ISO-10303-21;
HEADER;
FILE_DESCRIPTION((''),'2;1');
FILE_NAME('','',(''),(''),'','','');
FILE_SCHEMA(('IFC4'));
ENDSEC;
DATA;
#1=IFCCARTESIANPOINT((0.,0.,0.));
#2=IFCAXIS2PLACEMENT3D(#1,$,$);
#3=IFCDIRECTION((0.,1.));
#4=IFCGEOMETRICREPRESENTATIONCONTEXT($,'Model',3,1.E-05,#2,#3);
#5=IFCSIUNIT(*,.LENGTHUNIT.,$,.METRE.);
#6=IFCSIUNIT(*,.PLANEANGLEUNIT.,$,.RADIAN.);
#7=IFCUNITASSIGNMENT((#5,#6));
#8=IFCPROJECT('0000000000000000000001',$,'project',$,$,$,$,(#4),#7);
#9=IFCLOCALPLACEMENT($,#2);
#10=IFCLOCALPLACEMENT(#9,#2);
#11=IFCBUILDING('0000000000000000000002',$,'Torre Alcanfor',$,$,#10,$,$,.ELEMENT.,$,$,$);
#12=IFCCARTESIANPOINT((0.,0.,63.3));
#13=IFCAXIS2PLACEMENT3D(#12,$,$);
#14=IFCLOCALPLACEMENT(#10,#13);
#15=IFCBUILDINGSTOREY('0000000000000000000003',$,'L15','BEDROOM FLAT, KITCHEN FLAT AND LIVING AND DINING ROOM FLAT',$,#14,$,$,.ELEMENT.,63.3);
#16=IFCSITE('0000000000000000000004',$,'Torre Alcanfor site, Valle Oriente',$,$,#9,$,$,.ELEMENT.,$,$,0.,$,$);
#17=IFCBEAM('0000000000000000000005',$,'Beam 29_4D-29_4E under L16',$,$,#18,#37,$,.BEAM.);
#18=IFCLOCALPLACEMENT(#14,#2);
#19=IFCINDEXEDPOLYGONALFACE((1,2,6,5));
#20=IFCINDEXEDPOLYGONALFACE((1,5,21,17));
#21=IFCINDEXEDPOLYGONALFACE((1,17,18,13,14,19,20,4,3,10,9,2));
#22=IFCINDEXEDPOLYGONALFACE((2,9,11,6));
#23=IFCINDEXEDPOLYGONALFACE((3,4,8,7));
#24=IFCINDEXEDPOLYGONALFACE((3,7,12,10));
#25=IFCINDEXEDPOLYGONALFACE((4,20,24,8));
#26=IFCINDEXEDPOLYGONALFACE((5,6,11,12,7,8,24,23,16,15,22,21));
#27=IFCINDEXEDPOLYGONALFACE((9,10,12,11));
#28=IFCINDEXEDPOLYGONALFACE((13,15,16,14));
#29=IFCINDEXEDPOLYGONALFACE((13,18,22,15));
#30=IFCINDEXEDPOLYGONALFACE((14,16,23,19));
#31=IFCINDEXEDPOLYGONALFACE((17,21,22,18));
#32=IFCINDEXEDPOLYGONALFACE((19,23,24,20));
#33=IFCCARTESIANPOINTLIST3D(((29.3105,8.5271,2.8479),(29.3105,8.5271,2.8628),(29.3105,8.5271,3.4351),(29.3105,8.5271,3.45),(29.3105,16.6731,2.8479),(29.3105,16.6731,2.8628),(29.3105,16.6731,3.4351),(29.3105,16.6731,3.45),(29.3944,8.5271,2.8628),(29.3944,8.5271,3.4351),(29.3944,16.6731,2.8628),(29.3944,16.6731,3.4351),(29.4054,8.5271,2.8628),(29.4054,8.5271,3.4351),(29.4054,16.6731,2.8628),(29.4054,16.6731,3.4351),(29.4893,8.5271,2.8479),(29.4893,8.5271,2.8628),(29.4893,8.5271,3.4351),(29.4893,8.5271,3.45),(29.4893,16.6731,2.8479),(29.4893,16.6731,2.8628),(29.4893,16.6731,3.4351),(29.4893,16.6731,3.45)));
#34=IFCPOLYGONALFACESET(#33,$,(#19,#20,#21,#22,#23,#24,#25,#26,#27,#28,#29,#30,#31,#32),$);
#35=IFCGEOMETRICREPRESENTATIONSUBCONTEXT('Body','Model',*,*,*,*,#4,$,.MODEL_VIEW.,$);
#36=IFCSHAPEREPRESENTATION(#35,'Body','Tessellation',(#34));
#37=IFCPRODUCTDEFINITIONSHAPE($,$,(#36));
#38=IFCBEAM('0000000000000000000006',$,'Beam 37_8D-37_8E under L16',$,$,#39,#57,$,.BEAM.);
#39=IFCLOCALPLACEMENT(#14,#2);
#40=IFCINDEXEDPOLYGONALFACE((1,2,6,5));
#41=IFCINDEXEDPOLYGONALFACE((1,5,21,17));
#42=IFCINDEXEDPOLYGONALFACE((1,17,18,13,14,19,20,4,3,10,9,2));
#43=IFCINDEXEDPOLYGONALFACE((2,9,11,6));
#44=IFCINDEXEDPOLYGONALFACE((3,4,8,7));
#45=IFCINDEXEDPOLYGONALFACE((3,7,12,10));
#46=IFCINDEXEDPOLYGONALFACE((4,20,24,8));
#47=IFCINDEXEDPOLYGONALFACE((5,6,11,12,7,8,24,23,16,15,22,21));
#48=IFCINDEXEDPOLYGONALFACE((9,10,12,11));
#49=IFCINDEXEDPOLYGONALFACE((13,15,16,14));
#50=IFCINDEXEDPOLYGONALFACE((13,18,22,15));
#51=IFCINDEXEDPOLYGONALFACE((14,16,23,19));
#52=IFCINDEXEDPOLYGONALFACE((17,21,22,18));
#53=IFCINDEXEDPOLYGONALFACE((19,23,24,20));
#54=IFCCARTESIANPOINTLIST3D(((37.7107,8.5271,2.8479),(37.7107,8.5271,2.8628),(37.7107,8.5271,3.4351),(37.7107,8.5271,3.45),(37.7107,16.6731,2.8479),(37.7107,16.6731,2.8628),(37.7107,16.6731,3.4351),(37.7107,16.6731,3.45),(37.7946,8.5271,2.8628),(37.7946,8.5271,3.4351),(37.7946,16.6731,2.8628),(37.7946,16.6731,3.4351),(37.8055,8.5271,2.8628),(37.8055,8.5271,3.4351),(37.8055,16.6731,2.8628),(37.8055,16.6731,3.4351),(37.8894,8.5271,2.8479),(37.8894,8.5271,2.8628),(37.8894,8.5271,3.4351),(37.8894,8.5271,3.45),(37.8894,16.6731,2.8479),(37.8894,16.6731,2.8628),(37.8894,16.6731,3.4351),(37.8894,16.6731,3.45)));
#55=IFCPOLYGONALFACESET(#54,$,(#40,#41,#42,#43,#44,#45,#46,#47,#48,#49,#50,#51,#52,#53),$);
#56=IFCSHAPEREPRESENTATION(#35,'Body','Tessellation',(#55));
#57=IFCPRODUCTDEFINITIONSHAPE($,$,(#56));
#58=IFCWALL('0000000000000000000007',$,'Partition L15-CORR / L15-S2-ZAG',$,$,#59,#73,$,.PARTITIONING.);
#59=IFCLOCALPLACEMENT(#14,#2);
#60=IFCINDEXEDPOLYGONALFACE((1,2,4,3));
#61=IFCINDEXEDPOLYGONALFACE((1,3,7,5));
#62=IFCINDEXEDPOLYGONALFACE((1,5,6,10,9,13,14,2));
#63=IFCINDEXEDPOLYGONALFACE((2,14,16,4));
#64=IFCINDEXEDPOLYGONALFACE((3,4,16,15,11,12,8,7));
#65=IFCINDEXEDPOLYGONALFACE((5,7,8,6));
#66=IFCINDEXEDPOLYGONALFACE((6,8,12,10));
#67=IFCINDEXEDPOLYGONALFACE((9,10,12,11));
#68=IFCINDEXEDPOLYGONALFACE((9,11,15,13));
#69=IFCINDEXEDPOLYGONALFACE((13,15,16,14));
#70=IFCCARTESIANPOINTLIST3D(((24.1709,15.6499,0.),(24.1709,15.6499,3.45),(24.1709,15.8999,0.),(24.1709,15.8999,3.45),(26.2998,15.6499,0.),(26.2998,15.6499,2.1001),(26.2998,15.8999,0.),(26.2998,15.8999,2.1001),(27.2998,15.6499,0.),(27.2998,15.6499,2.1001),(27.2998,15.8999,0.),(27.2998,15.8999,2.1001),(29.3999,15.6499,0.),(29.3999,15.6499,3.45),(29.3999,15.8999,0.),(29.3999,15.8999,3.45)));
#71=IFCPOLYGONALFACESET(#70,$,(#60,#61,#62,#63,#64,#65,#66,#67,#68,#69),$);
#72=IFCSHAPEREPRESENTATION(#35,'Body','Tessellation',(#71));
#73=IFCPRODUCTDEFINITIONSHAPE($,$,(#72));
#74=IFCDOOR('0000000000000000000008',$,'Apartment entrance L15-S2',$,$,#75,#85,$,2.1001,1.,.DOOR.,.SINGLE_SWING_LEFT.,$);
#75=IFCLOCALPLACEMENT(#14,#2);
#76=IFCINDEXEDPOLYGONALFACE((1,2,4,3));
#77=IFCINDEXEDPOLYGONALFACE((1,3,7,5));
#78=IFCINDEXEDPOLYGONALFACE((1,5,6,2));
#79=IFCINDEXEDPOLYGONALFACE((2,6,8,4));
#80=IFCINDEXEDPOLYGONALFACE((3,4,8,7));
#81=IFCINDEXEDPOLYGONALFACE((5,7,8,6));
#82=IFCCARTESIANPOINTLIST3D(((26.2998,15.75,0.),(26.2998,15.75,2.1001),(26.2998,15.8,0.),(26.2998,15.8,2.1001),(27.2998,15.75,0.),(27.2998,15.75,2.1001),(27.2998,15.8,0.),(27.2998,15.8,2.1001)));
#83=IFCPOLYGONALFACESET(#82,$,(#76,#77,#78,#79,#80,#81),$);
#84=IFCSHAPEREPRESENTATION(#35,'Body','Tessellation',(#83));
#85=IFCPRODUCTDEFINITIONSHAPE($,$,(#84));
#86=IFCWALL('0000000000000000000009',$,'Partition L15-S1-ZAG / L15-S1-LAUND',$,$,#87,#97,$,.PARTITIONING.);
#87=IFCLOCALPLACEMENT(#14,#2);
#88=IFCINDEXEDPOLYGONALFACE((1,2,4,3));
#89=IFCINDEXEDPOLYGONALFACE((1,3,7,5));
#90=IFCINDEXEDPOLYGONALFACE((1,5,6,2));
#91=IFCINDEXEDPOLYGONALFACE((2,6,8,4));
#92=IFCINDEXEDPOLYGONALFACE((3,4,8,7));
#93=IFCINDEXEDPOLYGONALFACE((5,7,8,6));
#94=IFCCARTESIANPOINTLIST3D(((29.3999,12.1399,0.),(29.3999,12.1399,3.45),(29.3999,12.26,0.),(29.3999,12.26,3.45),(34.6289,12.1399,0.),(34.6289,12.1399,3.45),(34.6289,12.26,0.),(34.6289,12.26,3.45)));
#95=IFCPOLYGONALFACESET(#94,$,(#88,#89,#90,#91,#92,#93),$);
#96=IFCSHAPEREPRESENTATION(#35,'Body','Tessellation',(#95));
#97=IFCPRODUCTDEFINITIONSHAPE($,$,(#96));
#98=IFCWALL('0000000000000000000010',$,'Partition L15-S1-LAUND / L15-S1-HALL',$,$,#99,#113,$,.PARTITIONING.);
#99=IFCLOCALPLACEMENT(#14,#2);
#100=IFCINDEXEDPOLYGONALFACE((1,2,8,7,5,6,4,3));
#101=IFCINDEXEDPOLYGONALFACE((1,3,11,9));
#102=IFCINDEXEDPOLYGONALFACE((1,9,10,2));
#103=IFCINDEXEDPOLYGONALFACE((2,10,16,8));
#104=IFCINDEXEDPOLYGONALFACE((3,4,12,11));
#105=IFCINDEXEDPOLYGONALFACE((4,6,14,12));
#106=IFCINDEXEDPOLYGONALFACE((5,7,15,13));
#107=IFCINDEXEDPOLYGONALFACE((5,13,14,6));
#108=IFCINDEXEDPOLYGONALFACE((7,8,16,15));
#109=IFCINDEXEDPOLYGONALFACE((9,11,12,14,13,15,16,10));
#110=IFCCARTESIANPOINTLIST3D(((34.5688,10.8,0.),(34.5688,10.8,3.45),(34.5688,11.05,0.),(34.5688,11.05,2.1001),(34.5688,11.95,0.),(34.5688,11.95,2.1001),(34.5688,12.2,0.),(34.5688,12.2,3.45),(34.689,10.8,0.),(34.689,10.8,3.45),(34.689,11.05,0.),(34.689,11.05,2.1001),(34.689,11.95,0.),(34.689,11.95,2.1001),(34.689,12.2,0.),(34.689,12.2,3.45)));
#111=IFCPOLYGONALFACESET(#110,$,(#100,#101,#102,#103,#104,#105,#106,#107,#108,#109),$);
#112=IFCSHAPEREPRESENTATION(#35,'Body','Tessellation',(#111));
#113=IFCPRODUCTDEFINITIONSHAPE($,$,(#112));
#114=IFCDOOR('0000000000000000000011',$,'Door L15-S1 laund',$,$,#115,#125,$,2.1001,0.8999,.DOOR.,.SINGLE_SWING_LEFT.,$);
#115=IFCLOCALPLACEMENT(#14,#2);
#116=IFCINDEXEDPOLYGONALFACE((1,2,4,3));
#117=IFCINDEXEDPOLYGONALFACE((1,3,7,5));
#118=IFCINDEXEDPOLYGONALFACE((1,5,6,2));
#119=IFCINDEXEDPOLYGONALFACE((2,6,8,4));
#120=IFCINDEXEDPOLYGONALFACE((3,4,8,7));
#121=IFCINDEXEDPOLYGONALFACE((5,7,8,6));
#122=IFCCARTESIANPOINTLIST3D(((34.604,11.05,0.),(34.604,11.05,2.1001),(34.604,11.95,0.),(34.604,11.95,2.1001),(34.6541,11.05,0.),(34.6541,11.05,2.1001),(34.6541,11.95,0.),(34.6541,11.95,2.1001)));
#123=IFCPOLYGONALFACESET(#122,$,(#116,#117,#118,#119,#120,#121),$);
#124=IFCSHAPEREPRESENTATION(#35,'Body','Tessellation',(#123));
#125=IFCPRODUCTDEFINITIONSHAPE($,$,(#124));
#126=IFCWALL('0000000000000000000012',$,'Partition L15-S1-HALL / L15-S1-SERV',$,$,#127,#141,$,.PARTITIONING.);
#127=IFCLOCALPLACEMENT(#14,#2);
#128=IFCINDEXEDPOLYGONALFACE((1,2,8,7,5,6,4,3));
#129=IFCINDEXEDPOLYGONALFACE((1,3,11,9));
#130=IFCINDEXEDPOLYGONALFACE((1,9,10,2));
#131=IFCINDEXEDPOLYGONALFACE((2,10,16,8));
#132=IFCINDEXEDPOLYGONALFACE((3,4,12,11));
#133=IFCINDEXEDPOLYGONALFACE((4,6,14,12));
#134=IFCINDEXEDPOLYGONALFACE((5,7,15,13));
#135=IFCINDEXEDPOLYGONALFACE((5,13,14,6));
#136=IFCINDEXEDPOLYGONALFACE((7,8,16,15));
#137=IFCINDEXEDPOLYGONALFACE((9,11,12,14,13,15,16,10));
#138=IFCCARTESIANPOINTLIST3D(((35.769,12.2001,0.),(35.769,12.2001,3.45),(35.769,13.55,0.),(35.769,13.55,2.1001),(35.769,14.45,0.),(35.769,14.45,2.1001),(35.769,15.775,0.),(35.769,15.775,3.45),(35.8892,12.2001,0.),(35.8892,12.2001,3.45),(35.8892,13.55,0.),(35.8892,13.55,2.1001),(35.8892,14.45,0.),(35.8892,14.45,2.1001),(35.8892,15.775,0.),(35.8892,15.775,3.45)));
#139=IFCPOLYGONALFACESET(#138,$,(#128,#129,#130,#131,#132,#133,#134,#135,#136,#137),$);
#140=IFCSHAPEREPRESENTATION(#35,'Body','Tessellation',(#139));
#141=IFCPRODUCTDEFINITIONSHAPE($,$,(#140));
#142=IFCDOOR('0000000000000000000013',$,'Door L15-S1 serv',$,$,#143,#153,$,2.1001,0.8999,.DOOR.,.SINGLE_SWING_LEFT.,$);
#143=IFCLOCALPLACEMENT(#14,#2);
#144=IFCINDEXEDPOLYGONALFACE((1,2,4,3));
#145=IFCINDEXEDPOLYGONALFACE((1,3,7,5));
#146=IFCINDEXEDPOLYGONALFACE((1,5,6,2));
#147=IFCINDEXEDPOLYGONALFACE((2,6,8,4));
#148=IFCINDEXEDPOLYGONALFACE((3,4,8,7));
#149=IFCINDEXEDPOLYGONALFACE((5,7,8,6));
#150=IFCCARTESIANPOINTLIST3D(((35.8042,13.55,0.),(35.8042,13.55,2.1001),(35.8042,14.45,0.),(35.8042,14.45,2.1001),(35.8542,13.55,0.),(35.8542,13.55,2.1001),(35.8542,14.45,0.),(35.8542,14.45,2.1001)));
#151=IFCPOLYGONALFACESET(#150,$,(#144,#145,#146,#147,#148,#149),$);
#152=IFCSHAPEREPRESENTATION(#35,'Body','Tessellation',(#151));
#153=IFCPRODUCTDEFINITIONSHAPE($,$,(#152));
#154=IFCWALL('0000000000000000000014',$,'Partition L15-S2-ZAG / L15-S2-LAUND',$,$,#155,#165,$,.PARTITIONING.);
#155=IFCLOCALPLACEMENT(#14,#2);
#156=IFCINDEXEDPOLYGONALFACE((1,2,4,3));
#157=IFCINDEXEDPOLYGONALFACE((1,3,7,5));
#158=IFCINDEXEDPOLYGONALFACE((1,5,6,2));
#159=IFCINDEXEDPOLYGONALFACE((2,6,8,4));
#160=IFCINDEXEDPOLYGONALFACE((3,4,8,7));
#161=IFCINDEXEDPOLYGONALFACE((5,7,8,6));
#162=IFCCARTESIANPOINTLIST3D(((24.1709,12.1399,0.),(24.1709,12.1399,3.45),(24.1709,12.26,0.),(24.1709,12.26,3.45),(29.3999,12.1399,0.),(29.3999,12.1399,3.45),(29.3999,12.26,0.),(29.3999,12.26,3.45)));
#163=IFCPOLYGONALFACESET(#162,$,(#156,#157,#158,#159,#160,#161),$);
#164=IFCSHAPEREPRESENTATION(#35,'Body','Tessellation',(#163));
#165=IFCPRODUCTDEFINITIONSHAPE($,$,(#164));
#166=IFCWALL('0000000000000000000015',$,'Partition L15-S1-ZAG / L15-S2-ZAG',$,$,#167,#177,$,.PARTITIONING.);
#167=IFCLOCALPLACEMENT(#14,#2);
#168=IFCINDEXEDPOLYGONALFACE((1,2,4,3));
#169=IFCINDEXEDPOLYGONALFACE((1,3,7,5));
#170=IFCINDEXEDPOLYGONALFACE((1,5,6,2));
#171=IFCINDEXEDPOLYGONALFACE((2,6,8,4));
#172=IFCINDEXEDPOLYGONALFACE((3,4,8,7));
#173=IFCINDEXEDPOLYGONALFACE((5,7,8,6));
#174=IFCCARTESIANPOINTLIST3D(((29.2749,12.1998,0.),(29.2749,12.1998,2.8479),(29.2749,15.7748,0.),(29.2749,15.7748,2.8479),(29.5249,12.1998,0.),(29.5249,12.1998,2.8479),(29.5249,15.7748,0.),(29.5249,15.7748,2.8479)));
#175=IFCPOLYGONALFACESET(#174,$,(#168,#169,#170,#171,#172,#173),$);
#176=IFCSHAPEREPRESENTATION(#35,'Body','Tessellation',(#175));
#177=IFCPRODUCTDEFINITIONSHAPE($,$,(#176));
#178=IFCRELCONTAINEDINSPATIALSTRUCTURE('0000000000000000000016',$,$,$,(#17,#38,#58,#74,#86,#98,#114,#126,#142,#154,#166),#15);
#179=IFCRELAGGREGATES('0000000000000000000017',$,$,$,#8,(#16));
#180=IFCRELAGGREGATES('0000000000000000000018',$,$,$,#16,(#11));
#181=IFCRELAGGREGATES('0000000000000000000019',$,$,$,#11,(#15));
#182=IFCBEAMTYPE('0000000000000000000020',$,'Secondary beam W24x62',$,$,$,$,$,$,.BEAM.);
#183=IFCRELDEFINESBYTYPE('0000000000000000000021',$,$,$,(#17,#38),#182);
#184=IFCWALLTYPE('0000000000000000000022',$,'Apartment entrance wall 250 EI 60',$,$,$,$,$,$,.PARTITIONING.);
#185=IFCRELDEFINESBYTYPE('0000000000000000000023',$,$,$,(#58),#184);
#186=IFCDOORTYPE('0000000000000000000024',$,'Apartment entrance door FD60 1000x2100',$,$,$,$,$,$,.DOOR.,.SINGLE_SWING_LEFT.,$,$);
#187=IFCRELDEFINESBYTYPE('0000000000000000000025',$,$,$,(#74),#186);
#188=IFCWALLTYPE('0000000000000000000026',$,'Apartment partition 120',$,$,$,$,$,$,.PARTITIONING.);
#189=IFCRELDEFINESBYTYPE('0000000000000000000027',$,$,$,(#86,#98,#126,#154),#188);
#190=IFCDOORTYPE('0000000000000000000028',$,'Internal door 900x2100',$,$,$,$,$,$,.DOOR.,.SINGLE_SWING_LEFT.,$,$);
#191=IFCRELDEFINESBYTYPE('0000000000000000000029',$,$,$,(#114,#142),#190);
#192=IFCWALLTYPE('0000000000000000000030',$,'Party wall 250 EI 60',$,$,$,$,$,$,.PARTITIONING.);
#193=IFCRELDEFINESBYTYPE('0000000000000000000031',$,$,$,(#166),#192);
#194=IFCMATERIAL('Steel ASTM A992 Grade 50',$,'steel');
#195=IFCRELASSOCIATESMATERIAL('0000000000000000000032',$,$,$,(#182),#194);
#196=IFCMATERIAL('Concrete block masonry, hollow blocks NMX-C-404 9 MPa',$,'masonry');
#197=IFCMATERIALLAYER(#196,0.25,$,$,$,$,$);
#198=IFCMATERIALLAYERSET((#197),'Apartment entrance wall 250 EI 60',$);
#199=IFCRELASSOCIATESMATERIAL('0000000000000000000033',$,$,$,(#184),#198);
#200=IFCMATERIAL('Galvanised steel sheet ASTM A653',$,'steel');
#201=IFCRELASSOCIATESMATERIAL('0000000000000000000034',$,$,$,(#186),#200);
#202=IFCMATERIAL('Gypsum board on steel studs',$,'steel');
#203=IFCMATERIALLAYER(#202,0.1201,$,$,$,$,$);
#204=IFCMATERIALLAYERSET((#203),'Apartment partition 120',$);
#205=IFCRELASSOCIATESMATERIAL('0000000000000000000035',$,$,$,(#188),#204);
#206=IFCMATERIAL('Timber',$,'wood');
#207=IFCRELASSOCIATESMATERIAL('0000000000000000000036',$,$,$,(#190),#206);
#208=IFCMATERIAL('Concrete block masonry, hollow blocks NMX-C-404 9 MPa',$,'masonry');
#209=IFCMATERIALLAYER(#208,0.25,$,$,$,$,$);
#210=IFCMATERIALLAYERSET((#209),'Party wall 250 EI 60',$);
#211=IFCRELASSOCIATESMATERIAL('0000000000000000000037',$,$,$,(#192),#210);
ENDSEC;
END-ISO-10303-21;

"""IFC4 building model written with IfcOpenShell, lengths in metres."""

from ifc_helpers import new_model, si_unit, direction, frame, frame_2d, origin, origin_2d, place, context, subcontext, project, spatial, rectangle, i_section, extrude, material, layer, layer_set, material_profile, profile_set, type_object, element, fill, save


model = new_model("IFC4")

# Units and contexts
model_context = context("Model", 3, precision=1e-05, world=origin(), true_north=direction((0.0, 1.0)))
body_context = subcontext(model_context, "Body", "Model", "MODEL_VIEW")
ifc_project = project(units=[si_unit("LENGTHUNIT", "METRE"), si_unit("PLANEANGLEUNIT", "RADIAN")], contexts=[model_context])

# Site, building, storey
site_placement = place(None, origin())
site = spatial("IfcSite", under=ifc_project, at=site_placement, Name="Torre Alcanfor site, Valle Oriente", CompositionType="ELEMENT", RefElevation=0.0)
building_placement = place(site_placement, origin())
building = spatial("IfcBuilding", under=site, at=building_placement, Name="Torre Alcanfor", CompositionType="ELEMENT")
storey_placement = place(building_placement, frame((0.0, 0.0, 63.3)))
storey = spatial("IfcBuildingStorey", under=building, at=storey_placement, Name="L15", Description="BEDROOM FLAT, KITCHEN FLAT AND LIVING AND DINING ROOM FLAT", CompositionType="ELEMENT", Elevation=63.3)

# Beams
ifc_material_1 = material(Name="Steel ASTM A992 Grade 50", Category="steel")
ifc_material_profile = material_profile(ifc_material_1, i_section(OverallWidth=0.1787, OverallDepth=0.6021, WebThickness=0.011, FlangeThickness=0.0149, at=origin_2d()), Name="W24x62")
ifc_profile_set = profile_set([ifc_material_profile], Name="Steel ASTM A992 Grade 50")
beam_type = type_object("IfcBeamType", Name="Secondary beam W24x62", PredefinedType="BEAM", material=ifc_profile_set)
for number, where, z_axis, x_axis, name in (
    (1, (29.3999, 8.5271, 3.1489), (0.0, 1.0, 0.0), (-1.0, 0.0, 0.0), "Beam 29_4D-29_4E under L16"),
    (2, (37.8, 8.5271, 3.1489), (0.0, 1.0, 0.0), (-1.0, 0.0, 0.0), "Beam 37_8D-37_8E under L16"),
):
    element("IfcBeam", number, at=place(storey_placement, frame(where, z_axis=z_axis, x_axis=x_axis)), inside=storey, type_object=beam_type, Name=name, PredefinedType="BEAM", context=body_context, shape_type="SweptSolid", body=[
        extrude(i_section(OverallWidth=0.1787, OverallDepth=0.6021, WebThickness=0.011, FlangeThickness=0.0149, at=origin_2d()), origin(), (0.0, 0.0, 1.0), 8.146),
    ])

# Wall, opening, door
ifc_material_2 = material(Name="Concrete block masonry, hollow blocks NMX-C-404 9 MPa", Category="masonry")
ifc_layer_1 = layer(ifc_material_2, 0.25)
ifc_layer_set_1 = layer_set([ifc_layer_1], Name="Apartment entrance wall 250 EI 60")
wall_type_1 = type_object("IfcWallType", Name="Apartment entrance wall 250 EI 60", PredefinedType="PARTITIONING", material=ifc_layer_set_1)
wall_1_placement = place(storey_placement, frame((29.3999, 15.7749, 0.0), z_axis=(0.0, 0.0, 1.0), x_axis=(-1.0, 0.0, 0.0)))
wall_1 = element("IfcWall", 3, at=wall_1_placement, inside=storey, type_object=wall_type_1, Name="Partition L15-CORR / L15-S2-ZAG", PredefinedType="PARTITIONING", context=body_context, shape_type="SweptSolid", body=[
    extrude(rectangle(XDim=5.229, YDim=0.25, at=frame_2d((2.6145, 0.0))), origin(), (0.0, 0.0, 1.0), 3.45),
])
opening_1_placement = place(wall_1_placement, frame((2.1001, 0.0, 0.0)))
opening_1 = element("IfcOpeningElement", 4, at=opening_1_placement, cuts=wall_1, PredefinedType="OPENING", context=body_context, shape_type="SweptSolid", body=[
    extrude(rectangle(XDim=1.0, YDim=2.1001, at=frame_2d((0.5, 1.05))), frame((0.0, 0.135, 0.0), z_axis=(0.0, -1.0, 0.0), x_axis=(1.0, 0.0, 0.0)), (0.0, 0.0, 1.0), 0.27),
])
ifc_material_3 = material(Name="Galvanised steel sheet ASTM A653", Category="steel")
door_type_1 = type_object("IfcDoorType", Name="Apartment entrance door FD60 1000x2100", OperationType="SINGLE_SWING_LEFT", PredefinedType="DOOR", material=ifc_material_3)
door_1_placement = place(opening_1_placement, origin())
door_1 = element("IfcDoor", 5, at=door_1_placement, inside=storey, type_object=door_type_1, Name="Apartment entrance L15-S2", OperationType="SINGLE_SWING_LEFT", OverallHeight=2.1001, OverallWidth=1.0, PredefinedType="DOOR", context=body_context, shape_type="SweptSolid", body=[
    extrude(rectangle(XDim=1.0, YDim=2.1001, at=frame_2d((0.5, 1.05))), frame((0.0, 0.0249, 0.0), z_axis=(0.0, -1.0, 0.0), x_axis=(1.0, 0.0, 0.0)), (0.0, 0.0, 1.0), 0.05),
])
fill(opening_1, door_1)

# Wall
ifc_material_4 = material(Name="Gypsum board on steel studs", Category="steel")
ifc_layer_2 = layer(ifc_material_4, 0.1201)
ifc_layer_set_2 = layer_set([ifc_layer_2], Name="Apartment partition 120")
wall_type_2 = type_object("IfcWallType", Name="Apartment partition 120", PredefinedType="PARTITIONING", material=ifc_layer_set_2)
wall_2_placement = place(storey_placement, frame((29.3999, 12.2, 0.0), z_axis=(0.0, 0.0, 1.0), x_axis=(1.0, 0.0, 0.0)))
element("IfcWall", 6, at=wall_2_placement, inside=storey, type_object=wall_type_2, Name="Partition L15-S1-ZAG / L15-S1-LAUND", PredefinedType="PARTITIONING", context=body_context, shape_type="SweptSolid", body=[
    extrude(rectangle(XDim=5.229, YDim=0.1201, at=frame_2d((2.6145, 0.0))), origin(), (0.0, 0.0, 1.0), 3.45),
])

# Walls, openings, doors
wall_3_placement = place(storey_placement, frame((34.6289, 10.8, 0.0), z_axis=(0.0, 0.0, 1.0), x_axis=(0.0, 1.0, 0.0)))
wall_3 = element("IfcWall", 7, at=wall_3_placement, inside=storey, type_object=wall_type_2, Name="Partition L15-S1-LAUND / L15-S1-HALL", PredefinedType="PARTITIONING", context=body_context, shape_type="SweptSolid", body=[
    extrude(rectangle(XDim=1.3999, YDim=0.1201, at=frame_2d((0.7, 0.0))), origin(), (0.0, 0.0, 1.0), 3.45),
])
opening_2_placement = place(wall_3_placement, frame((0.25, 0.0, 0.0)))
opening_2 = element("IfcOpeningElement", 8, at=opening_2_placement, cuts=wall_3, PredefinedType="OPENING", context=body_context, shape_type="SweptSolid", body=[
    extrude(rectangle(XDim=0.8999, YDim=2.1001, at=frame_2d((0.45, 1.05))), frame((0.0, 0.0701, 0.0), z_axis=(0.0, -1.0, 0.0), x_axis=(1.0, 0.0, 0.0)), (0.0, 0.0, 1.0), 0.1401),
])
ifc_material_5 = material(Name="Timber", Category="wood")
door_type_2 = type_object("IfcDoorType", Name="Internal door 900x2100", OperationType="SINGLE_SWING_LEFT", PredefinedType="DOOR", material=ifc_material_5)
door_2_placement = place(opening_2_placement, origin())
door_2 = element("IfcDoor", 9, at=door_2_placement, inside=storey, type_object=door_type_2, Name="Door L15-S1 laund", OperationType="SINGLE_SWING_LEFT", OverallHeight=2.1001, OverallWidth=0.8999, PredefinedType="DOOR", context=body_context, shape_type="SweptSolid", body=[
    extrude(rectangle(XDim=0.8999, YDim=2.1001, at=frame_2d((0.45, 1.05))), frame((0.0, 0.0249, 0.0), z_axis=(0.0, -1.0, 0.0), x_axis=(1.0, 0.0, 0.0)), (0.0, 0.0, 1.0), 0.05),
])
fill(opening_2, door_2)
wall_4_placement = place(storey_placement, frame((35.8291, 12.2, 0.0), z_axis=(0.0, 0.0, 1.0), x_axis=(0.0, 1.0, 0.0)))
wall_4 = element("IfcWall", 10, at=wall_4_placement, inside=storey, type_object=wall_type_2, Name="Partition L15-S1-HALL / L15-S1-SERV", PredefinedType="PARTITIONING", context=body_context, shape_type="SweptSolid", body=[
    extrude(rectangle(XDim=3.575, YDim=0.1201, at=frame_2d((1.7876, 0.0))), origin(), (0.0, 0.0, 1.0), 3.45),
])
opening_3_placement = place(wall_4_placement, frame((1.3501, 0.0, 0.0)))
opening_3 = element("IfcOpeningElement", 11, at=opening_3_placement, cuts=wall_4, PredefinedType="OPENING", context=body_context, shape_type="SweptSolid", body=[
    extrude(rectangle(XDim=0.8999, YDim=2.1001, at=frame_2d((0.45, 1.05))), frame((0.0, 0.0701, 0.0), z_axis=(0.0, -1.0, 0.0), x_axis=(1.0, 0.0, 0.0)), (0.0, 0.0, 1.0), 0.1401),
])
door_3_placement = place(opening_3_placement, frame((0.8999, 0.0, 0.0), z_axis=(0.0, 0.0, 1.0), x_axis=(-1.0, 0.0, 0.0)))
door_3 = element("IfcDoor", 12, at=door_3_placement, inside=storey, type_object=door_type_2, Name="Door L15-S1 serv", OperationType="SINGLE_SWING_LEFT", OverallHeight=2.1001, OverallWidth=0.8999, PredefinedType="DOOR", context=body_context, shape_type="SweptSolid", body=[
    extrude(rectangle(XDim=0.8999, YDim=2.1001, at=frame_2d((0.45, 1.05))), frame((0.0, 0.0251, 0.0), z_axis=(0.0, -1.0, 0.0), x_axis=(1.0, 0.0, 0.0)), (0.0, 0.0, 1.0), 0.05),
])
fill(opening_3, door_3)

# Walls
wall_5_placement = place(storey_placement, frame((29.3999, 12.2, 0.0), z_axis=(0.0, 0.0, 1.0), x_axis=(-1.0, 0.0, 0.0)))
element("IfcWall", 13, at=wall_5_placement, inside=storey, type_object=wall_type_2, Name="Partition L15-S2-ZAG / L15-S2-LAUND", PredefinedType="PARTITIONING", context=body_context, shape_type="SweptSolid", body=[
    extrude(rectangle(XDim=5.229, YDim=0.1201, at=frame_2d((2.6145, 0.0))), origin(), (0.0, 0.0, 1.0), 3.45),
])
ifc_material_6 = material(Name="Concrete block masonry, hollow blocks NMX-C-404 9 MPa", Category="masonry")
ifc_layer_3 = layer(ifc_material_6, 0.25)
ifc_layer_set_3 = layer_set([ifc_layer_3], Name="Party wall 250 EI 60")
wall_type_3 = type_object("IfcWallType", Name="Party wall 250 EI 60", PredefinedType="PARTITIONING", material=ifc_layer_set_3)
wall_6_placement = place(storey_placement, frame((29.3999, 15.7749, 0.0), z_axis=(0.0, 0.0, 1.0), x_axis=(0.0, -1.0, 0.0)))
element("IfcWall", 14, at=wall_6_placement, inside=storey, type_object=wall_type_3, Name="Partition L15-S1-ZAG / L15-S2-ZAG", PredefinedType="PARTITIONING", context=body_context, shape_type="SweptSolid", body=[
    extrude(rectangle(XDim=3.575, YDim=0.25, at=frame_2d((1.7876, 0.0))), origin(), (0.0, 0.0, 1.0), 2.8479),
])

save(model, "model.ifc")
